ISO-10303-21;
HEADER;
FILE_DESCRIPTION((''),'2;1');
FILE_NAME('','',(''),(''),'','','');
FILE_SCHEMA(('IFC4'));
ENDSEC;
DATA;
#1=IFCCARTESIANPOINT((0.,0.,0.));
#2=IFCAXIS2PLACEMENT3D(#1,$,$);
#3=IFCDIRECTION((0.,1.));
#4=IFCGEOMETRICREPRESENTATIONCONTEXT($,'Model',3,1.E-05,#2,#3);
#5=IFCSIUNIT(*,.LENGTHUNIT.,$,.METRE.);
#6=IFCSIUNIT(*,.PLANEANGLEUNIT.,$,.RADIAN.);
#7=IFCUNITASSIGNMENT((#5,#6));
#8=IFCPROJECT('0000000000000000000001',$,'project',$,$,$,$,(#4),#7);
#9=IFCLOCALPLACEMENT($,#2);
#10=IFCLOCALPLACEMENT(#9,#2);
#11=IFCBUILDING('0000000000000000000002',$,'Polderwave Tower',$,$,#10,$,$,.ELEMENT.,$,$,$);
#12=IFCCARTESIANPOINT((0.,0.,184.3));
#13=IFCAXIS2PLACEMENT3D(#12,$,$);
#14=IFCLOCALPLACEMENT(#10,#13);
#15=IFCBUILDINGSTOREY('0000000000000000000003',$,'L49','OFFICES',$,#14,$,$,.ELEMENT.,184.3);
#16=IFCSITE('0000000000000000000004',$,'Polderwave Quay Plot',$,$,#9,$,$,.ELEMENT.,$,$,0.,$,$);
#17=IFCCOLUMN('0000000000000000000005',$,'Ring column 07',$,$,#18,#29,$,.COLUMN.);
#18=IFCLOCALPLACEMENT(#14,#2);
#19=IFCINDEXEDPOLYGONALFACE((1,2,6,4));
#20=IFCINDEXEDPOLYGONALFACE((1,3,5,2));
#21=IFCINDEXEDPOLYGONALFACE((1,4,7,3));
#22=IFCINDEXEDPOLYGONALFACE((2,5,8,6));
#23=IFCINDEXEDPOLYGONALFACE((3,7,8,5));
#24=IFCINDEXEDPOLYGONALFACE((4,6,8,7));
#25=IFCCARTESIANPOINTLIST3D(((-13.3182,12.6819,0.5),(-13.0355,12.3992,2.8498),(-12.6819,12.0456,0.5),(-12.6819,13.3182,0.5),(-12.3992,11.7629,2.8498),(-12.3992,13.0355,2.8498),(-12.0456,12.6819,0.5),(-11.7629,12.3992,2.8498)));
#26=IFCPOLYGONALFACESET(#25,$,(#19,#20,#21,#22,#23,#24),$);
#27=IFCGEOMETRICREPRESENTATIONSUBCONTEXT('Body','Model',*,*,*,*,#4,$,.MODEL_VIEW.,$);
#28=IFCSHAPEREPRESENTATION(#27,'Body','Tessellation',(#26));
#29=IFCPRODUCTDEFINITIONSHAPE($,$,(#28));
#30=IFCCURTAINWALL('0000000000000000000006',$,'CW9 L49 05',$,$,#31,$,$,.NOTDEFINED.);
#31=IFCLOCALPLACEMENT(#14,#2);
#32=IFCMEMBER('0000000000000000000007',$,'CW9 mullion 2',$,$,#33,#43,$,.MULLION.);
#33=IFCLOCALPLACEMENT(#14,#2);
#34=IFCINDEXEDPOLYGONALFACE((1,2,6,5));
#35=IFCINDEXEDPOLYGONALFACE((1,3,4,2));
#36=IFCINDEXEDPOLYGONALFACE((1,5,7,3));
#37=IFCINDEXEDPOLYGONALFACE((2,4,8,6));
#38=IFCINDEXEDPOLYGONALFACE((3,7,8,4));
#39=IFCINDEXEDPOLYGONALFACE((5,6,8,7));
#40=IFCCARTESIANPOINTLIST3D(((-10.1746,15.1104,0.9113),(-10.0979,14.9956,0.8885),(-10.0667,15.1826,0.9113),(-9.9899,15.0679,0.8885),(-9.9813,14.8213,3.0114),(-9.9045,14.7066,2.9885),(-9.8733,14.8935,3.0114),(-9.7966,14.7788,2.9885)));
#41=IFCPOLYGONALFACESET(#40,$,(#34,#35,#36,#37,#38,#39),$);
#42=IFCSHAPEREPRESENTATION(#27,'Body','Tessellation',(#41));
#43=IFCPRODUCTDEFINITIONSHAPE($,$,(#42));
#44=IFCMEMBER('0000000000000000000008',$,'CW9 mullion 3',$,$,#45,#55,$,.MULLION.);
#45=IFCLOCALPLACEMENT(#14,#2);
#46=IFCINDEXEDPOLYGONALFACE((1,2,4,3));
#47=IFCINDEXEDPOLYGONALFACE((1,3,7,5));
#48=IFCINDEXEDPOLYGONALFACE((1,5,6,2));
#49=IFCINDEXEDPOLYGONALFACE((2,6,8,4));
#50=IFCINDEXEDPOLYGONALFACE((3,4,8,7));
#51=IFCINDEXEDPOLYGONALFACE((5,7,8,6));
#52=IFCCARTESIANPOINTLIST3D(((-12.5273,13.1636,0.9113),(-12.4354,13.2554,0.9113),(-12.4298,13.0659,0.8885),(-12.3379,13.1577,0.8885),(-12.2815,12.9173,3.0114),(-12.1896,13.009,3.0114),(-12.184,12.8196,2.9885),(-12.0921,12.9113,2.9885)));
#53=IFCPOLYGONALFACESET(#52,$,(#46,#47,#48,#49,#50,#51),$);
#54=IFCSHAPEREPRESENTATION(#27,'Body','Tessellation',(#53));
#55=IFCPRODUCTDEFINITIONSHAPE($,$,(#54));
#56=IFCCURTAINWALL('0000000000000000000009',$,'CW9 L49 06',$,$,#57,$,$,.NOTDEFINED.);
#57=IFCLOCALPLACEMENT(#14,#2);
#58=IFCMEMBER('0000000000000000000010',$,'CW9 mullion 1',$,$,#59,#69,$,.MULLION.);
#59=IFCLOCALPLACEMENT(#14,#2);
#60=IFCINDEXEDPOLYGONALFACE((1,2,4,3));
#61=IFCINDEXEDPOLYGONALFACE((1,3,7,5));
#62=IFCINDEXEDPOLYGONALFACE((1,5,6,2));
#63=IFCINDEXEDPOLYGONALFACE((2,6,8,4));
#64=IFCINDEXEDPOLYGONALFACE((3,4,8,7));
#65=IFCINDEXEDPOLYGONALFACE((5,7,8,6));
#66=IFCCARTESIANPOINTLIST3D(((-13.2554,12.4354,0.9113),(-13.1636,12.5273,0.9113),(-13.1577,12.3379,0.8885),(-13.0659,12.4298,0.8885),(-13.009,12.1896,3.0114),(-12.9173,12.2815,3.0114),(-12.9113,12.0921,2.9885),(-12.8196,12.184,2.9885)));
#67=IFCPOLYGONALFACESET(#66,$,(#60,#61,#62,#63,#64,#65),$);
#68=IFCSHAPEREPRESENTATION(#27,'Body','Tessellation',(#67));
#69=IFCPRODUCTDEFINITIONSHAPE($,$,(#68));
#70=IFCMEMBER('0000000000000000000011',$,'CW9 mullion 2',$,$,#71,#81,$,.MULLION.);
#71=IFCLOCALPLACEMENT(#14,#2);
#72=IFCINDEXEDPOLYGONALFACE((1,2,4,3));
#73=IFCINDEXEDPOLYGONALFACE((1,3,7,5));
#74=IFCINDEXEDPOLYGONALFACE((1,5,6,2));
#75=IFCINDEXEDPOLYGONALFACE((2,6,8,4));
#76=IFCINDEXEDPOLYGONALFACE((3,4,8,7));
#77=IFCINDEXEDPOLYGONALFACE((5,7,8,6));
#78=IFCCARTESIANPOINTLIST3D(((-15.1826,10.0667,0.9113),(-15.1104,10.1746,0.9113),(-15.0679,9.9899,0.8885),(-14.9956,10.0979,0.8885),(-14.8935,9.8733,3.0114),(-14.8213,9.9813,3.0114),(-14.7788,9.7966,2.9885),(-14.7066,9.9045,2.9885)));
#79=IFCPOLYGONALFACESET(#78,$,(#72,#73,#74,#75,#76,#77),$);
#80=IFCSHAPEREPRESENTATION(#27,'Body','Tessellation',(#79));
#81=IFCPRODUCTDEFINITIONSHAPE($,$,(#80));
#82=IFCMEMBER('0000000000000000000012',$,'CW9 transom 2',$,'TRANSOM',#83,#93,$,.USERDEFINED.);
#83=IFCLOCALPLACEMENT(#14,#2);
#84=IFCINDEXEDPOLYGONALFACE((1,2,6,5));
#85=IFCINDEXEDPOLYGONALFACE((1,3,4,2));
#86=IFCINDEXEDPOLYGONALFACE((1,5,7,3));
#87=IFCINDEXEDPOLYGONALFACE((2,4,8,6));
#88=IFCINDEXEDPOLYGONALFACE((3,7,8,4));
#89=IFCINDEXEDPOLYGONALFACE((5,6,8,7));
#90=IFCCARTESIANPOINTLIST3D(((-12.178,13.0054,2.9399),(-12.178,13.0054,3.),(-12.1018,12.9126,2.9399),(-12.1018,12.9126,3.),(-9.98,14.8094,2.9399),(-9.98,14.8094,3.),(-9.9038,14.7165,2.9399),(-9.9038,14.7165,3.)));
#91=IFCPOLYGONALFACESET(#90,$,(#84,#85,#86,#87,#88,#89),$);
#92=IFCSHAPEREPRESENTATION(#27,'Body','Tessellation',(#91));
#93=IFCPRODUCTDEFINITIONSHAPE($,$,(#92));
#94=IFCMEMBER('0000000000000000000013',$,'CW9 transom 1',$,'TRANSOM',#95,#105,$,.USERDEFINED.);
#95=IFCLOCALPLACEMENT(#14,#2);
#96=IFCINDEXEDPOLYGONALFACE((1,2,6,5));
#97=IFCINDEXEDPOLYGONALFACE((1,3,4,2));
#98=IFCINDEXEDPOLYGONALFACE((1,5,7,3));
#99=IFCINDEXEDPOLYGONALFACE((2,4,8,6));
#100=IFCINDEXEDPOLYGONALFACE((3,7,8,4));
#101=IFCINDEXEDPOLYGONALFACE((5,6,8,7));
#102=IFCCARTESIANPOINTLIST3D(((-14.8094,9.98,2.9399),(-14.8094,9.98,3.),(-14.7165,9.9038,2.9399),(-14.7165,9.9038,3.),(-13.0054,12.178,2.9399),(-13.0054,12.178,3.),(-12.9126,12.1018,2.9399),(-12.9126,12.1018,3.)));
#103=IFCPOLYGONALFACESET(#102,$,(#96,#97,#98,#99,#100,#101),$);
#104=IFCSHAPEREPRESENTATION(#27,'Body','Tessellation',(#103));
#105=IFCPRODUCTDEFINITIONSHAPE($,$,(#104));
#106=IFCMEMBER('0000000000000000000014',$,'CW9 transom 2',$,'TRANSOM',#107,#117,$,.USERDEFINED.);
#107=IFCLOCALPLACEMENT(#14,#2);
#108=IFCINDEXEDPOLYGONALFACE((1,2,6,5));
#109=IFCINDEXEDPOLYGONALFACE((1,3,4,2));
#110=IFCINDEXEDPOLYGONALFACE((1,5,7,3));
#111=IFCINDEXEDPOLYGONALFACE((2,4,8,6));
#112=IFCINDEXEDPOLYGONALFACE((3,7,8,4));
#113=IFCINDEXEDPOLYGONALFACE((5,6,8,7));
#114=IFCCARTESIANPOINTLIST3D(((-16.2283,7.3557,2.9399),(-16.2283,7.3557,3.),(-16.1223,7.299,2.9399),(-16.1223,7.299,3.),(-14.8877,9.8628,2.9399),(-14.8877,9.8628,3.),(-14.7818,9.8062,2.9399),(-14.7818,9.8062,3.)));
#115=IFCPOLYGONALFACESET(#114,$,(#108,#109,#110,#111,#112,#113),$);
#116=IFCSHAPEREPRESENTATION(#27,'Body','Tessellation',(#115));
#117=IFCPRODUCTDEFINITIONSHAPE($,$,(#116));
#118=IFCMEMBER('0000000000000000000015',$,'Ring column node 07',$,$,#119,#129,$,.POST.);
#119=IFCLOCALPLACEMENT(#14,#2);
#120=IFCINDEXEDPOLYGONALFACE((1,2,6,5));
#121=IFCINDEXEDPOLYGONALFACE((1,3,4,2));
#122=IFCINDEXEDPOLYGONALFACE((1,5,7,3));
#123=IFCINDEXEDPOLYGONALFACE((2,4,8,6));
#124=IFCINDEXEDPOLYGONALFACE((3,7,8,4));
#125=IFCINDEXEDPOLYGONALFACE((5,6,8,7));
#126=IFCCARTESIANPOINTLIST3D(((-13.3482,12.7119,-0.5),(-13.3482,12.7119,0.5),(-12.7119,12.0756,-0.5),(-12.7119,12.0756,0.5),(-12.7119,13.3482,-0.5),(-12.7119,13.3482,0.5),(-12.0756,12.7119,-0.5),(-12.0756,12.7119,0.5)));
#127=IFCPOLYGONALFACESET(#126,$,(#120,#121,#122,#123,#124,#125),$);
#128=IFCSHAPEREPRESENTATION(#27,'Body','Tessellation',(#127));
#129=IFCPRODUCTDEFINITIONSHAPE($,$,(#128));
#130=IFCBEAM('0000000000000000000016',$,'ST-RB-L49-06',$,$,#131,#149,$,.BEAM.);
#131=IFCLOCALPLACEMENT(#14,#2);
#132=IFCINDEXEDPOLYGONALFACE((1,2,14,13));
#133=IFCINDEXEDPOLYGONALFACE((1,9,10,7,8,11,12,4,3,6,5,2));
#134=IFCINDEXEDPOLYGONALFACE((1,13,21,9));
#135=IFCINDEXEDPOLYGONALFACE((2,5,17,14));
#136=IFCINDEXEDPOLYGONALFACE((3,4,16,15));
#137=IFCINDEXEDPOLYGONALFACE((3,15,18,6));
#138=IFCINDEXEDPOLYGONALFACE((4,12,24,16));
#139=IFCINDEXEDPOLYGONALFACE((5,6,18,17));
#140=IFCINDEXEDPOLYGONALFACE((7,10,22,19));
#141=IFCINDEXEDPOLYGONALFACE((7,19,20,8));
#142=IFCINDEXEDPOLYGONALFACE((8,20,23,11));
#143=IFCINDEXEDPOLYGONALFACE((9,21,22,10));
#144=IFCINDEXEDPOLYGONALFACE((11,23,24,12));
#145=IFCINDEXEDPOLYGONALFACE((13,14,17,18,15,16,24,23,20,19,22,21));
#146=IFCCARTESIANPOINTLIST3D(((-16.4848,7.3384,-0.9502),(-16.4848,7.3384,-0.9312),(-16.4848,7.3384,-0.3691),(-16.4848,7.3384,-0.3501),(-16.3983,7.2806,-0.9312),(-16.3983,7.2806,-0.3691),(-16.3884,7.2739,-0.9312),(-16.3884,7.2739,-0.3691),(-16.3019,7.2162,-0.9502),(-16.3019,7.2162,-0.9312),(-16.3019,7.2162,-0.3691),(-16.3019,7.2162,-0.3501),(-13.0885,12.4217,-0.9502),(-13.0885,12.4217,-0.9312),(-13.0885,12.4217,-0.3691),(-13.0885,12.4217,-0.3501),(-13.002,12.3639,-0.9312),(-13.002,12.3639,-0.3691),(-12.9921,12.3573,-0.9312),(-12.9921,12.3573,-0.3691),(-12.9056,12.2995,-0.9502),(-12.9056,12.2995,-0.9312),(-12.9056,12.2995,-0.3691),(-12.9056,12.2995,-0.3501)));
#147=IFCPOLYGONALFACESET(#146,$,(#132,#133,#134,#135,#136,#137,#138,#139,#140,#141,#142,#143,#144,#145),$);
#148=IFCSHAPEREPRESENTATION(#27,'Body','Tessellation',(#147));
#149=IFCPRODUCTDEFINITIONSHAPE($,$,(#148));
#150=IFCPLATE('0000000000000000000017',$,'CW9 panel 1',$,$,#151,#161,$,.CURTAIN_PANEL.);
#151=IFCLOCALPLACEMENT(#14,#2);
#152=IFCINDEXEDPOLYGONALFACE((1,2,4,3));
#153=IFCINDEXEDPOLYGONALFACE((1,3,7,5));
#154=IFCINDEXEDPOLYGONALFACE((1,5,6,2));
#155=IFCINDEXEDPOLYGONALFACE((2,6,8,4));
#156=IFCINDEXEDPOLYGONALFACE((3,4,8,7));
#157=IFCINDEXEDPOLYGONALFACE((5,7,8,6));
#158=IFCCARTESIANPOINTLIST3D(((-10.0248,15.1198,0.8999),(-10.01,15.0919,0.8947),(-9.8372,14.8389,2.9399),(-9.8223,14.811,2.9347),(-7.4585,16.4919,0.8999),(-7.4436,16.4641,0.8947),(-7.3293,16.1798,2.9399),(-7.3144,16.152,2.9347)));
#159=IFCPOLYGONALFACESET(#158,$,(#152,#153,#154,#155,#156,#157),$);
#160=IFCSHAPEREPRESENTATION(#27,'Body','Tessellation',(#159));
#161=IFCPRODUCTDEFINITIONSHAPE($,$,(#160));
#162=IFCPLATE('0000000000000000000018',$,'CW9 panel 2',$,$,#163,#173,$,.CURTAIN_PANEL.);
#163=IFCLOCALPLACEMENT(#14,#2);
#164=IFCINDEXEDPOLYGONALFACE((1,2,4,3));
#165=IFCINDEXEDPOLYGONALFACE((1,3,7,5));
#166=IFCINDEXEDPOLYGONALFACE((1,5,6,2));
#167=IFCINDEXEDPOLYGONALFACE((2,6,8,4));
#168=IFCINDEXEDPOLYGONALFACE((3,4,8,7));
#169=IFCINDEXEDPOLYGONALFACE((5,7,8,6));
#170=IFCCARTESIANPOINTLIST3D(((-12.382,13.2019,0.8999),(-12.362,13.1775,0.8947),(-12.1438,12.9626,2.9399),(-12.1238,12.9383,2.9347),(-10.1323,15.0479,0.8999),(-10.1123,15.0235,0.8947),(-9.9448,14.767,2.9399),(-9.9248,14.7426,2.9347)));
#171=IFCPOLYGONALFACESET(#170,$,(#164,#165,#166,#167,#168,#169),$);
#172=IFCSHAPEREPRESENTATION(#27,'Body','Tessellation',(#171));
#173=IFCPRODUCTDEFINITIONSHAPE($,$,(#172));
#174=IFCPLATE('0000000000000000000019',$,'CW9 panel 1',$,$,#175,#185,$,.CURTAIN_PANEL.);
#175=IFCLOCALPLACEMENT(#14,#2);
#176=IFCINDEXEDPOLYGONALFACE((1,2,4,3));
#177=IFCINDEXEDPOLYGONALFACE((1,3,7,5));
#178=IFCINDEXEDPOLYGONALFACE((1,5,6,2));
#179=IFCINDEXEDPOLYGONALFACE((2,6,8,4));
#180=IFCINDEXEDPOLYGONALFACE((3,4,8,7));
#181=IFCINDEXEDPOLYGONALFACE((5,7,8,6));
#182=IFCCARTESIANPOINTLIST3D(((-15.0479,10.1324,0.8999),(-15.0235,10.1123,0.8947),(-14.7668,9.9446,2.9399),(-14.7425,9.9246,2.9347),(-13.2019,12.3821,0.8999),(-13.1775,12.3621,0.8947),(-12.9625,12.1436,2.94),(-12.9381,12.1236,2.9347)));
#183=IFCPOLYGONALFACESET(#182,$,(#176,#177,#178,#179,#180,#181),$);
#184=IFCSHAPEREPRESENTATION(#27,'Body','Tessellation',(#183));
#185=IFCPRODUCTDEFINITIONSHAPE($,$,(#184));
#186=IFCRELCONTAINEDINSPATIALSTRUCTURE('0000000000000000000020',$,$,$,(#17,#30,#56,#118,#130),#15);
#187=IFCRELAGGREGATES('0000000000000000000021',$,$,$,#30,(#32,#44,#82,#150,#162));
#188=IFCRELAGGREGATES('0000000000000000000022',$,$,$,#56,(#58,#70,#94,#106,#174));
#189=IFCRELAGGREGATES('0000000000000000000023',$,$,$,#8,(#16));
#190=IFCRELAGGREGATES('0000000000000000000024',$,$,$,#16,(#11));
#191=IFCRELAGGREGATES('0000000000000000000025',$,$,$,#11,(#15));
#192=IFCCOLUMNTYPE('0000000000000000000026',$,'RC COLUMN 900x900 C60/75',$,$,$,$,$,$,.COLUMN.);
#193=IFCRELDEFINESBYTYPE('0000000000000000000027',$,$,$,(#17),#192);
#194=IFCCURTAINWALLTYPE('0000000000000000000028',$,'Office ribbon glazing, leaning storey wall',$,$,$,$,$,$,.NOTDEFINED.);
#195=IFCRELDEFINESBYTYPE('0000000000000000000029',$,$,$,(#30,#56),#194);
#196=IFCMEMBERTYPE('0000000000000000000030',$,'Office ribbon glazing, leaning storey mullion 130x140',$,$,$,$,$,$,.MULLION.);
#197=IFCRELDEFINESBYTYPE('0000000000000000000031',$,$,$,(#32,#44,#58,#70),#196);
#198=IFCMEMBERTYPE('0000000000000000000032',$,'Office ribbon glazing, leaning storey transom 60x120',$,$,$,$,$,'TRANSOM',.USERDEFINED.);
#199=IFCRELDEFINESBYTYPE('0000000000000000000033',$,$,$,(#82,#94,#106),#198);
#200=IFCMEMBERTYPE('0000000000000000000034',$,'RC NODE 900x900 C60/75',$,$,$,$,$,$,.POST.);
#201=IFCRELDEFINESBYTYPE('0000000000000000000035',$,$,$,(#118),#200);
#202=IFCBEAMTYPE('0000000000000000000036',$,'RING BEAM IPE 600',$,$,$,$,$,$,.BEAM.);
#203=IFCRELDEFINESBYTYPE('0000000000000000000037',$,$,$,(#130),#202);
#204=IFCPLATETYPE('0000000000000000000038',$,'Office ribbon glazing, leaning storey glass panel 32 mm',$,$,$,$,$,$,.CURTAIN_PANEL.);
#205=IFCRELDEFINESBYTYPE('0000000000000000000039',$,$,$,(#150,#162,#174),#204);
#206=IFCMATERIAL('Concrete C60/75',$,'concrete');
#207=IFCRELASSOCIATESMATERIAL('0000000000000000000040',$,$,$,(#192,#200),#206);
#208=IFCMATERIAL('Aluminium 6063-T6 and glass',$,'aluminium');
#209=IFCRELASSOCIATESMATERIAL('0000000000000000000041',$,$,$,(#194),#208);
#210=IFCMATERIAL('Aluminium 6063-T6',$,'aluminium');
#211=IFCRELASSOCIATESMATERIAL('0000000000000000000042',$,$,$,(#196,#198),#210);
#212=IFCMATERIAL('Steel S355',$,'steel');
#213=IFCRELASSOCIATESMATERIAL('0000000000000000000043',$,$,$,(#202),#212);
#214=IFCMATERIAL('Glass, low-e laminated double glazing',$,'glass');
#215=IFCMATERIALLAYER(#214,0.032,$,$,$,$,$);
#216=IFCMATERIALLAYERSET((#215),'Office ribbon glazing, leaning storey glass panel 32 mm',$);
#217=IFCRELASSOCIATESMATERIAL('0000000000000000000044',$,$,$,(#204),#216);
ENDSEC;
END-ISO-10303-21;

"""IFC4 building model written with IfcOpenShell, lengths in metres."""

from ifc_helpers import new_model, si_unit, direction, frame, origin, origin_2d, place, context, subcontext, project, spatial, polyline, rectangle, i_section, outline, extrude, material, layer, layer_set, material_profile, profile_set, type_object, element, aggregate, save


model = new_model("IFC4")

# Units and contexts
model_context = context("Model", 3, precision=1e-05, world=origin(), true_north=direction((0.0, 1.0)))
body_context = subcontext(model_context, "Body", "Model", "MODEL_VIEW")
ifc_project = project(units=[si_unit("LENGTHUNIT", "METRE"), si_unit("PLANEANGLEUNIT", "RADIAN")], contexts=[model_context])

# Site, building, storey
site_placement = place(None, origin())
site = spatial("IfcSite", under=ifc_project, at=site_placement, Name="Polderwave Quay Plot", CompositionType="ELEMENT", RefElevation=0.0)
building_placement = place(site_placement, origin())
building = spatial("IfcBuilding", under=site, at=building_placement, Name="Polderwave Tower", CompositionType="ELEMENT")
storey_placement = place(building_placement, frame((0.0, 0.0, 184.3)))
storey = spatial("IfcBuildingStorey", under=building, at=storey_placement, Name="L49", Description="OFFICES", CompositionType="ELEMENT", Elevation=184.3)

# Column
ifc_material_1 = material(Name="Concrete C60/75", Category="concrete")
ifc_material_profile_1 = material_profile(ifc_material_1, rectangle(XDim=0.8999, YDim=0.8999, at=origin_2d()), Name="RC 900x900")
ifc_profile_set_1 = profile_set([ifc_material_profile_1], Name="Concrete C60/75")
column_type = type_object("IfcColumnType", Name="RC COLUMN 900x900 C60/75", PredefinedType="COLUMN", material=ifc_profile_set_1)
column_placement = place(storey_placement, frame((-12.6819, 12.6819, 0.5), z_axis=(0.0, 0.0, 1.0), x_axis=(0.707107, 0.707107, 0.0)))
element("IfcColumn", 1, at=column_placement, inside=storey, type_object=column_type, Name="Ring column 07", PredefinedType="COLUMN", context=body_context, shape_type="SweptSolid", body=[
    extrude(rectangle(XDim=0.8999, YDim=0.8999, at=origin_2d()), origin(), (0.0, -0.167736, 0.985832), 2.3835),
])

# Curtain walls, members
ifc_material_2 = material(Name="Aluminium 6063-T6 and glass", Category="aluminium")
curtain_wall_type = type_object("IfcCurtainWallType", Name="Office ribbon glazing, leaning storey wall", PredefinedType="NOTDEFINED", material=ifc_material_2)
curtain_wall_1_placement = place(storey_placement, origin())
curtain_wall_1 = element("IfcCurtainWall", 2, at=curtain_wall_1_placement, inside=storey, type_object=curtain_wall_type, Name="CW9 L49 05", PredefinedType="NOTDEFINED")
ifc_material_3 = material(Name="Aluminium 6063-T6", Category="aluminium")
ifc_material_profile_2 = material_profile(ifc_material_3, rectangle(XDim=0.1299, YDim=0.1399, at=origin_2d()), Name="AL 130x140")
ifc_profile_set_2 = profile_set([ifc_material_profile_2], Name="Aluminium 6063-T6")
member_type_1 = type_object("IfcMemberType", Name="Office ribbon glazing, leaning storey mullion 130x140", PredefinedType="MULLION", material=ifc_profile_set_2)
member_1_placement = place(storey_placement, frame((-10.0823, 15.0891, 0.8999), z_axis=(0.090835, -0.135793, 0.986564), x_axis=(0.831185, 0.555996, 0.0)))
member_1 = element("IfcMember", 3, at=member_1_placement, type_object=member_type_1, Name="CW9 mullion 2", PredefinedType="MULLION", context=body_context, shape_type="SweptSolid", body=[
    extrude(rectangle(XDim=0.1299, YDim=0.1399, at=origin_2d()), origin(), (0.0, 0.0, 1.0), 2.1287),
])
member_2_placement = place(storey_placement, frame((-12.4326, 13.1606, 0.8999), z_axis=(0.115491, -0.11572, 0.986545), x_axis=(0.707808, 0.706405, 0.0)))
member_2 = element("IfcMember", 4, at=member_2_placement, type_object=member_type_1, Name="CW9 mullion 3", PredefinedType="MULLION", context=body_context, shape_type="SweptSolid", body=[
    extrude(rectangle(XDim=0.1299, YDim=0.1399, at=origin_2d()), origin(), (0.0, 0.0, 1.0), 2.1287),
])
curtain_wall_2_placement = place(storey_placement, origin())
curtain_wall_2 = element("IfcCurtainWall", 5, at=curtain_wall_2_placement, inside=storey, type_object=curtain_wall_type, Name="CW9 L49 06", PredefinedType="NOTDEFINED")
member_3_placement = place(storey_placement, frame((-13.1606, 12.4326, 0.8999), z_axis=(0.11572, -0.115491, 0.986545), x_axis=(0.706405, 0.707808, 0.0)))
member_3 = element("IfcMember", 6, at=member_3_placement, type_object=member_type_1, Name="CW9 mullion 1", PredefinedType="MULLION", context=body_context, shape_type="SweptSolid", body=[
    extrude(rectangle(XDim=0.1299, YDim=0.1399, at=origin_2d()), origin(), (0.0, 0.0, 1.0), 2.1287),
])
member_4_placement = place(storey_placement, frame((-15.0891, 10.0823, 0.8999), z_axis=(0.135793, -0.090835, 0.986564), x_axis=(0.555996, 0.831185, 0.0)))
member_4 = element("IfcMember", 7, at=member_4_placement, type_object=member_type_1, Name="CW9 mullion 2", PredefinedType="MULLION", context=body_context, shape_type="SweptSolid", body=[
    extrude(rectangle(XDim=0.1299, YDim=0.1399, at=origin_2d()), origin(), (0.0, 0.0, 1.0), 2.1287),
])

# Members
ifc_material_profile_3 = material_profile(ifc_material_3, rectangle(XDim=0.1201, YDim=0.0601, at=origin_2d()), Name="AL 60x120")
ifc_profile_set_3 = profile_set([ifc_material_profile_3], Name="Aluminium 6063-T6")
member_type_2 = type_object("IfcMemberType", Name="Office ribbon glazing, leaning storey transom 60x120", ElementType="TRANSOM", PredefinedType="USERDEFINED", material=ifc_profile_set_3)
member_5_placement = place(storey_placement, frame((-9.9419, 14.7629, 2.97), z_axis=(-0.772992, -0.634415, 0.0), x_axis=(0.634415, -0.772992, 0.0)))
member_5 = element("IfcMember", 8, at=member_5_placement, type_object=member_type_2, Name="CW9 transom 2", ObjectType="TRANSOM", PredefinedType="USERDEFINED", context=body_context, shape_type="SweptSolid", body=[
    extrude(rectangle(XDim=0.1201, YDim=0.0601, at=origin_2d()), origin(), (0.0, 0.0, 1.0), 2.8435),
])
member_6_placement = place(storey_placement, frame((-12.959, 12.1399, 2.97), z_axis=(-0.634415, -0.772992, 0.0), x_axis=(0.772992, -0.634415, 0.0)))
member_6 = element("IfcMember", 9, at=member_6_placement, type_object=member_type_2, Name="CW9 transom 1", ObjectType="TRANSOM", PredefinedType="USERDEFINED", context=body_context, shape_type="SweptSolid", body=[
    extrude(rectangle(XDim=0.1201, YDim=0.0601, at=origin_2d()), origin(), (0.0, 0.0, 1.0), 2.8435),
])
member_7_placement = place(storey_placement, frame((-14.8347, 9.8345, 2.97), z_axis=(-0.471537, -0.881846, 0.0), x_axis=(0.881846, -0.471537, 0.0)))
member_7 = element("IfcMember", 10, at=member_7_placement, type_object=member_type_2, Name="CW9 transom 2", ObjectType="TRANSOM", PredefinedType="USERDEFINED", context=body_context, shape_type="SweptSolid", body=[
    extrude(rectangle(XDim=0.1201, YDim=0.0601, at=origin_2d()), origin(), (0.0, 0.0, 1.0), 2.843),
])
ifc_material_profile_4 = material_profile(ifc_material_1, rectangle(XDim=0.8999, YDim=0.8999, at=origin_2d()), Name="RC 900x900")
ifc_profile_set_4 = profile_set([ifc_material_profile_4], Name="Concrete C60/75")
member_type_3 = type_object("IfcMemberType", Name="RC NODE 900x900 C60/75", PredefinedType="POST", material=ifc_profile_set_4)
member_8_placement = place(storey_placement, frame((-12.7119, 12.7119, -0.5), z_axis=(0.0, 0.0, 1.0), x_axis=(-0.707107, 0.707107, 0.0)))
element("IfcMember", 11, at=member_8_placement, inside=storey, type_object=member_type_3, Name="Ring column node 07", PredefinedType="POST", context=body_context, shape_type="SweptSolid", body=[
    extrude(rectangle(XDim=0.8999, YDim=0.8999, at=origin_2d()), origin(), (0.0, 0.0, 1.0), 1.0),
])

# Beam
ifc_material_4 = material(Name="Steel S355", Category="steel")
ifc_material_profile_5 = material_profile(ifc_material_4, i_section(OverallWidth=0.22, OverallDepth=0.6001, WebThickness=0.012, FlangeThickness=0.019, at=origin_2d()), Name="IPE 600")
ifc_profile_set_5 = profile_set([ifc_material_profile_5], Name="Steel S355")
beam_type = type_object("IfcBeamType", Name="RING BEAM IPE 600", PredefinedType="BEAM", material=ifc_profile_set_5)
beam_placement = place(storey_placement, frame((-12.9971, 12.3606, -0.6501), z_axis=(-0.555539, -0.831491, 0.0), x_axis=(0.831491, -0.555539, 0.0)))
element("IfcBeam", 12, at=beam_placement, inside=storey, type_object=beam_type, Name="ST-RB-L49-06", PredefinedType="BEAM", context=body_context, shape_type="SweptSolid", body=[
    extrude(i_section(OverallWidth=0.22, OverallDepth=0.6001, WebThickness=0.012, FlangeThickness=0.019, at=origin_2d()), origin(), (0.0, 0.0, 1.0), 6.1135),
])

# Plates
ifc_material_5 = material(Name="Glass, low-e laminated double glazing", Category="glass")
ifc_layer_1 = layer(ifc_material_5, 0.032)
ifc_layer_set_1 = layer_set([ifc_layer_1], Name="Office ribbon glazing, leaning storey glass panel 32 mm")
plate_type = type_object("IfcPlateType", Name="Office ribbon glazing, leaning storey glass panel 32 mm", PredefinedType="CURTAIN_PANEL", material=ifc_layer_set_1)
plate_1_placement = place(storey_placement, frame((-7.4585, 16.4919, 0.8999), z_axis=(-0.465244, 0.87012, 0.162602), x_axis=(-0.881856, -0.471518, -0.000008)))
plate_1 = element("IfcPlate", 13, at=plate_1_placement, type_object=plate_type, Name="CW9 panel 1", PredefinedType="CURTAIN_PANEL", context=body_context, shape_type="SweptSolid", body=[
    extrude(outline(polyline([(0.0, 0.0), (2.9102, 0.0), (2.8771, 2.0676), (0.0332, 2.0675), (0.0, 0.0)])), origin(), (0.0, 0.0, -1.0), 0.032),
])
plate_2_placement = place(storey_placement, frame((-10.1323, 15.0479, 0.8999), z_axis=(-0.625897, 0.762781, 0.162535), x_axis=(-0.773061, -0.634332, -0.000004)))
plate_2 = element("IfcPlate", 14, at=plate_2_placement, type_object=plate_type, Name="CW9 panel 2", PredefinedType="CURTAIN_PANEL", context=body_context, shape_type="SweptSolid", body=[
    extrude(outline(polyline([(0.0, 0.0), (2.9101, 0.0), (2.8777, 2.0675), (0.0331, 2.0675), (0.0, 0.0)])), origin(), (0.0, 0.0, -1.0), 0.032),
])
aggregate(curtain_wall_1, [member_1, member_2, member_5, plate_1, plate_2])
plate_3_placement = place(storey_placement, frame((-13.2019, 12.3821, 0.8999), z_axis=(-0.76276, 0.62588, 0.162697), x_axis=(-0.634332, -0.773061, 0.000004)))
plate_3 = element("IfcPlate", 15, at=plate_3_placement, type_object=plate_type, Name="CW9 panel 1", PredefinedType="CURTAIN_PANEL", context=body_context, shape_type="SweptSolid", body=[
    extrude(outline(polyline([(0.0, 0.0), (2.9101, 0.0), (2.877, 2.0676), (0.0325, 2.0676), (0.0, 0.0)])), origin(), (0.0, 0.0, -1.0), 0.032),
])
aggregate(curtain_wall_2, [member_3, member_4, member_6, member_7, plate_3])

save(model, "model.ifc")
